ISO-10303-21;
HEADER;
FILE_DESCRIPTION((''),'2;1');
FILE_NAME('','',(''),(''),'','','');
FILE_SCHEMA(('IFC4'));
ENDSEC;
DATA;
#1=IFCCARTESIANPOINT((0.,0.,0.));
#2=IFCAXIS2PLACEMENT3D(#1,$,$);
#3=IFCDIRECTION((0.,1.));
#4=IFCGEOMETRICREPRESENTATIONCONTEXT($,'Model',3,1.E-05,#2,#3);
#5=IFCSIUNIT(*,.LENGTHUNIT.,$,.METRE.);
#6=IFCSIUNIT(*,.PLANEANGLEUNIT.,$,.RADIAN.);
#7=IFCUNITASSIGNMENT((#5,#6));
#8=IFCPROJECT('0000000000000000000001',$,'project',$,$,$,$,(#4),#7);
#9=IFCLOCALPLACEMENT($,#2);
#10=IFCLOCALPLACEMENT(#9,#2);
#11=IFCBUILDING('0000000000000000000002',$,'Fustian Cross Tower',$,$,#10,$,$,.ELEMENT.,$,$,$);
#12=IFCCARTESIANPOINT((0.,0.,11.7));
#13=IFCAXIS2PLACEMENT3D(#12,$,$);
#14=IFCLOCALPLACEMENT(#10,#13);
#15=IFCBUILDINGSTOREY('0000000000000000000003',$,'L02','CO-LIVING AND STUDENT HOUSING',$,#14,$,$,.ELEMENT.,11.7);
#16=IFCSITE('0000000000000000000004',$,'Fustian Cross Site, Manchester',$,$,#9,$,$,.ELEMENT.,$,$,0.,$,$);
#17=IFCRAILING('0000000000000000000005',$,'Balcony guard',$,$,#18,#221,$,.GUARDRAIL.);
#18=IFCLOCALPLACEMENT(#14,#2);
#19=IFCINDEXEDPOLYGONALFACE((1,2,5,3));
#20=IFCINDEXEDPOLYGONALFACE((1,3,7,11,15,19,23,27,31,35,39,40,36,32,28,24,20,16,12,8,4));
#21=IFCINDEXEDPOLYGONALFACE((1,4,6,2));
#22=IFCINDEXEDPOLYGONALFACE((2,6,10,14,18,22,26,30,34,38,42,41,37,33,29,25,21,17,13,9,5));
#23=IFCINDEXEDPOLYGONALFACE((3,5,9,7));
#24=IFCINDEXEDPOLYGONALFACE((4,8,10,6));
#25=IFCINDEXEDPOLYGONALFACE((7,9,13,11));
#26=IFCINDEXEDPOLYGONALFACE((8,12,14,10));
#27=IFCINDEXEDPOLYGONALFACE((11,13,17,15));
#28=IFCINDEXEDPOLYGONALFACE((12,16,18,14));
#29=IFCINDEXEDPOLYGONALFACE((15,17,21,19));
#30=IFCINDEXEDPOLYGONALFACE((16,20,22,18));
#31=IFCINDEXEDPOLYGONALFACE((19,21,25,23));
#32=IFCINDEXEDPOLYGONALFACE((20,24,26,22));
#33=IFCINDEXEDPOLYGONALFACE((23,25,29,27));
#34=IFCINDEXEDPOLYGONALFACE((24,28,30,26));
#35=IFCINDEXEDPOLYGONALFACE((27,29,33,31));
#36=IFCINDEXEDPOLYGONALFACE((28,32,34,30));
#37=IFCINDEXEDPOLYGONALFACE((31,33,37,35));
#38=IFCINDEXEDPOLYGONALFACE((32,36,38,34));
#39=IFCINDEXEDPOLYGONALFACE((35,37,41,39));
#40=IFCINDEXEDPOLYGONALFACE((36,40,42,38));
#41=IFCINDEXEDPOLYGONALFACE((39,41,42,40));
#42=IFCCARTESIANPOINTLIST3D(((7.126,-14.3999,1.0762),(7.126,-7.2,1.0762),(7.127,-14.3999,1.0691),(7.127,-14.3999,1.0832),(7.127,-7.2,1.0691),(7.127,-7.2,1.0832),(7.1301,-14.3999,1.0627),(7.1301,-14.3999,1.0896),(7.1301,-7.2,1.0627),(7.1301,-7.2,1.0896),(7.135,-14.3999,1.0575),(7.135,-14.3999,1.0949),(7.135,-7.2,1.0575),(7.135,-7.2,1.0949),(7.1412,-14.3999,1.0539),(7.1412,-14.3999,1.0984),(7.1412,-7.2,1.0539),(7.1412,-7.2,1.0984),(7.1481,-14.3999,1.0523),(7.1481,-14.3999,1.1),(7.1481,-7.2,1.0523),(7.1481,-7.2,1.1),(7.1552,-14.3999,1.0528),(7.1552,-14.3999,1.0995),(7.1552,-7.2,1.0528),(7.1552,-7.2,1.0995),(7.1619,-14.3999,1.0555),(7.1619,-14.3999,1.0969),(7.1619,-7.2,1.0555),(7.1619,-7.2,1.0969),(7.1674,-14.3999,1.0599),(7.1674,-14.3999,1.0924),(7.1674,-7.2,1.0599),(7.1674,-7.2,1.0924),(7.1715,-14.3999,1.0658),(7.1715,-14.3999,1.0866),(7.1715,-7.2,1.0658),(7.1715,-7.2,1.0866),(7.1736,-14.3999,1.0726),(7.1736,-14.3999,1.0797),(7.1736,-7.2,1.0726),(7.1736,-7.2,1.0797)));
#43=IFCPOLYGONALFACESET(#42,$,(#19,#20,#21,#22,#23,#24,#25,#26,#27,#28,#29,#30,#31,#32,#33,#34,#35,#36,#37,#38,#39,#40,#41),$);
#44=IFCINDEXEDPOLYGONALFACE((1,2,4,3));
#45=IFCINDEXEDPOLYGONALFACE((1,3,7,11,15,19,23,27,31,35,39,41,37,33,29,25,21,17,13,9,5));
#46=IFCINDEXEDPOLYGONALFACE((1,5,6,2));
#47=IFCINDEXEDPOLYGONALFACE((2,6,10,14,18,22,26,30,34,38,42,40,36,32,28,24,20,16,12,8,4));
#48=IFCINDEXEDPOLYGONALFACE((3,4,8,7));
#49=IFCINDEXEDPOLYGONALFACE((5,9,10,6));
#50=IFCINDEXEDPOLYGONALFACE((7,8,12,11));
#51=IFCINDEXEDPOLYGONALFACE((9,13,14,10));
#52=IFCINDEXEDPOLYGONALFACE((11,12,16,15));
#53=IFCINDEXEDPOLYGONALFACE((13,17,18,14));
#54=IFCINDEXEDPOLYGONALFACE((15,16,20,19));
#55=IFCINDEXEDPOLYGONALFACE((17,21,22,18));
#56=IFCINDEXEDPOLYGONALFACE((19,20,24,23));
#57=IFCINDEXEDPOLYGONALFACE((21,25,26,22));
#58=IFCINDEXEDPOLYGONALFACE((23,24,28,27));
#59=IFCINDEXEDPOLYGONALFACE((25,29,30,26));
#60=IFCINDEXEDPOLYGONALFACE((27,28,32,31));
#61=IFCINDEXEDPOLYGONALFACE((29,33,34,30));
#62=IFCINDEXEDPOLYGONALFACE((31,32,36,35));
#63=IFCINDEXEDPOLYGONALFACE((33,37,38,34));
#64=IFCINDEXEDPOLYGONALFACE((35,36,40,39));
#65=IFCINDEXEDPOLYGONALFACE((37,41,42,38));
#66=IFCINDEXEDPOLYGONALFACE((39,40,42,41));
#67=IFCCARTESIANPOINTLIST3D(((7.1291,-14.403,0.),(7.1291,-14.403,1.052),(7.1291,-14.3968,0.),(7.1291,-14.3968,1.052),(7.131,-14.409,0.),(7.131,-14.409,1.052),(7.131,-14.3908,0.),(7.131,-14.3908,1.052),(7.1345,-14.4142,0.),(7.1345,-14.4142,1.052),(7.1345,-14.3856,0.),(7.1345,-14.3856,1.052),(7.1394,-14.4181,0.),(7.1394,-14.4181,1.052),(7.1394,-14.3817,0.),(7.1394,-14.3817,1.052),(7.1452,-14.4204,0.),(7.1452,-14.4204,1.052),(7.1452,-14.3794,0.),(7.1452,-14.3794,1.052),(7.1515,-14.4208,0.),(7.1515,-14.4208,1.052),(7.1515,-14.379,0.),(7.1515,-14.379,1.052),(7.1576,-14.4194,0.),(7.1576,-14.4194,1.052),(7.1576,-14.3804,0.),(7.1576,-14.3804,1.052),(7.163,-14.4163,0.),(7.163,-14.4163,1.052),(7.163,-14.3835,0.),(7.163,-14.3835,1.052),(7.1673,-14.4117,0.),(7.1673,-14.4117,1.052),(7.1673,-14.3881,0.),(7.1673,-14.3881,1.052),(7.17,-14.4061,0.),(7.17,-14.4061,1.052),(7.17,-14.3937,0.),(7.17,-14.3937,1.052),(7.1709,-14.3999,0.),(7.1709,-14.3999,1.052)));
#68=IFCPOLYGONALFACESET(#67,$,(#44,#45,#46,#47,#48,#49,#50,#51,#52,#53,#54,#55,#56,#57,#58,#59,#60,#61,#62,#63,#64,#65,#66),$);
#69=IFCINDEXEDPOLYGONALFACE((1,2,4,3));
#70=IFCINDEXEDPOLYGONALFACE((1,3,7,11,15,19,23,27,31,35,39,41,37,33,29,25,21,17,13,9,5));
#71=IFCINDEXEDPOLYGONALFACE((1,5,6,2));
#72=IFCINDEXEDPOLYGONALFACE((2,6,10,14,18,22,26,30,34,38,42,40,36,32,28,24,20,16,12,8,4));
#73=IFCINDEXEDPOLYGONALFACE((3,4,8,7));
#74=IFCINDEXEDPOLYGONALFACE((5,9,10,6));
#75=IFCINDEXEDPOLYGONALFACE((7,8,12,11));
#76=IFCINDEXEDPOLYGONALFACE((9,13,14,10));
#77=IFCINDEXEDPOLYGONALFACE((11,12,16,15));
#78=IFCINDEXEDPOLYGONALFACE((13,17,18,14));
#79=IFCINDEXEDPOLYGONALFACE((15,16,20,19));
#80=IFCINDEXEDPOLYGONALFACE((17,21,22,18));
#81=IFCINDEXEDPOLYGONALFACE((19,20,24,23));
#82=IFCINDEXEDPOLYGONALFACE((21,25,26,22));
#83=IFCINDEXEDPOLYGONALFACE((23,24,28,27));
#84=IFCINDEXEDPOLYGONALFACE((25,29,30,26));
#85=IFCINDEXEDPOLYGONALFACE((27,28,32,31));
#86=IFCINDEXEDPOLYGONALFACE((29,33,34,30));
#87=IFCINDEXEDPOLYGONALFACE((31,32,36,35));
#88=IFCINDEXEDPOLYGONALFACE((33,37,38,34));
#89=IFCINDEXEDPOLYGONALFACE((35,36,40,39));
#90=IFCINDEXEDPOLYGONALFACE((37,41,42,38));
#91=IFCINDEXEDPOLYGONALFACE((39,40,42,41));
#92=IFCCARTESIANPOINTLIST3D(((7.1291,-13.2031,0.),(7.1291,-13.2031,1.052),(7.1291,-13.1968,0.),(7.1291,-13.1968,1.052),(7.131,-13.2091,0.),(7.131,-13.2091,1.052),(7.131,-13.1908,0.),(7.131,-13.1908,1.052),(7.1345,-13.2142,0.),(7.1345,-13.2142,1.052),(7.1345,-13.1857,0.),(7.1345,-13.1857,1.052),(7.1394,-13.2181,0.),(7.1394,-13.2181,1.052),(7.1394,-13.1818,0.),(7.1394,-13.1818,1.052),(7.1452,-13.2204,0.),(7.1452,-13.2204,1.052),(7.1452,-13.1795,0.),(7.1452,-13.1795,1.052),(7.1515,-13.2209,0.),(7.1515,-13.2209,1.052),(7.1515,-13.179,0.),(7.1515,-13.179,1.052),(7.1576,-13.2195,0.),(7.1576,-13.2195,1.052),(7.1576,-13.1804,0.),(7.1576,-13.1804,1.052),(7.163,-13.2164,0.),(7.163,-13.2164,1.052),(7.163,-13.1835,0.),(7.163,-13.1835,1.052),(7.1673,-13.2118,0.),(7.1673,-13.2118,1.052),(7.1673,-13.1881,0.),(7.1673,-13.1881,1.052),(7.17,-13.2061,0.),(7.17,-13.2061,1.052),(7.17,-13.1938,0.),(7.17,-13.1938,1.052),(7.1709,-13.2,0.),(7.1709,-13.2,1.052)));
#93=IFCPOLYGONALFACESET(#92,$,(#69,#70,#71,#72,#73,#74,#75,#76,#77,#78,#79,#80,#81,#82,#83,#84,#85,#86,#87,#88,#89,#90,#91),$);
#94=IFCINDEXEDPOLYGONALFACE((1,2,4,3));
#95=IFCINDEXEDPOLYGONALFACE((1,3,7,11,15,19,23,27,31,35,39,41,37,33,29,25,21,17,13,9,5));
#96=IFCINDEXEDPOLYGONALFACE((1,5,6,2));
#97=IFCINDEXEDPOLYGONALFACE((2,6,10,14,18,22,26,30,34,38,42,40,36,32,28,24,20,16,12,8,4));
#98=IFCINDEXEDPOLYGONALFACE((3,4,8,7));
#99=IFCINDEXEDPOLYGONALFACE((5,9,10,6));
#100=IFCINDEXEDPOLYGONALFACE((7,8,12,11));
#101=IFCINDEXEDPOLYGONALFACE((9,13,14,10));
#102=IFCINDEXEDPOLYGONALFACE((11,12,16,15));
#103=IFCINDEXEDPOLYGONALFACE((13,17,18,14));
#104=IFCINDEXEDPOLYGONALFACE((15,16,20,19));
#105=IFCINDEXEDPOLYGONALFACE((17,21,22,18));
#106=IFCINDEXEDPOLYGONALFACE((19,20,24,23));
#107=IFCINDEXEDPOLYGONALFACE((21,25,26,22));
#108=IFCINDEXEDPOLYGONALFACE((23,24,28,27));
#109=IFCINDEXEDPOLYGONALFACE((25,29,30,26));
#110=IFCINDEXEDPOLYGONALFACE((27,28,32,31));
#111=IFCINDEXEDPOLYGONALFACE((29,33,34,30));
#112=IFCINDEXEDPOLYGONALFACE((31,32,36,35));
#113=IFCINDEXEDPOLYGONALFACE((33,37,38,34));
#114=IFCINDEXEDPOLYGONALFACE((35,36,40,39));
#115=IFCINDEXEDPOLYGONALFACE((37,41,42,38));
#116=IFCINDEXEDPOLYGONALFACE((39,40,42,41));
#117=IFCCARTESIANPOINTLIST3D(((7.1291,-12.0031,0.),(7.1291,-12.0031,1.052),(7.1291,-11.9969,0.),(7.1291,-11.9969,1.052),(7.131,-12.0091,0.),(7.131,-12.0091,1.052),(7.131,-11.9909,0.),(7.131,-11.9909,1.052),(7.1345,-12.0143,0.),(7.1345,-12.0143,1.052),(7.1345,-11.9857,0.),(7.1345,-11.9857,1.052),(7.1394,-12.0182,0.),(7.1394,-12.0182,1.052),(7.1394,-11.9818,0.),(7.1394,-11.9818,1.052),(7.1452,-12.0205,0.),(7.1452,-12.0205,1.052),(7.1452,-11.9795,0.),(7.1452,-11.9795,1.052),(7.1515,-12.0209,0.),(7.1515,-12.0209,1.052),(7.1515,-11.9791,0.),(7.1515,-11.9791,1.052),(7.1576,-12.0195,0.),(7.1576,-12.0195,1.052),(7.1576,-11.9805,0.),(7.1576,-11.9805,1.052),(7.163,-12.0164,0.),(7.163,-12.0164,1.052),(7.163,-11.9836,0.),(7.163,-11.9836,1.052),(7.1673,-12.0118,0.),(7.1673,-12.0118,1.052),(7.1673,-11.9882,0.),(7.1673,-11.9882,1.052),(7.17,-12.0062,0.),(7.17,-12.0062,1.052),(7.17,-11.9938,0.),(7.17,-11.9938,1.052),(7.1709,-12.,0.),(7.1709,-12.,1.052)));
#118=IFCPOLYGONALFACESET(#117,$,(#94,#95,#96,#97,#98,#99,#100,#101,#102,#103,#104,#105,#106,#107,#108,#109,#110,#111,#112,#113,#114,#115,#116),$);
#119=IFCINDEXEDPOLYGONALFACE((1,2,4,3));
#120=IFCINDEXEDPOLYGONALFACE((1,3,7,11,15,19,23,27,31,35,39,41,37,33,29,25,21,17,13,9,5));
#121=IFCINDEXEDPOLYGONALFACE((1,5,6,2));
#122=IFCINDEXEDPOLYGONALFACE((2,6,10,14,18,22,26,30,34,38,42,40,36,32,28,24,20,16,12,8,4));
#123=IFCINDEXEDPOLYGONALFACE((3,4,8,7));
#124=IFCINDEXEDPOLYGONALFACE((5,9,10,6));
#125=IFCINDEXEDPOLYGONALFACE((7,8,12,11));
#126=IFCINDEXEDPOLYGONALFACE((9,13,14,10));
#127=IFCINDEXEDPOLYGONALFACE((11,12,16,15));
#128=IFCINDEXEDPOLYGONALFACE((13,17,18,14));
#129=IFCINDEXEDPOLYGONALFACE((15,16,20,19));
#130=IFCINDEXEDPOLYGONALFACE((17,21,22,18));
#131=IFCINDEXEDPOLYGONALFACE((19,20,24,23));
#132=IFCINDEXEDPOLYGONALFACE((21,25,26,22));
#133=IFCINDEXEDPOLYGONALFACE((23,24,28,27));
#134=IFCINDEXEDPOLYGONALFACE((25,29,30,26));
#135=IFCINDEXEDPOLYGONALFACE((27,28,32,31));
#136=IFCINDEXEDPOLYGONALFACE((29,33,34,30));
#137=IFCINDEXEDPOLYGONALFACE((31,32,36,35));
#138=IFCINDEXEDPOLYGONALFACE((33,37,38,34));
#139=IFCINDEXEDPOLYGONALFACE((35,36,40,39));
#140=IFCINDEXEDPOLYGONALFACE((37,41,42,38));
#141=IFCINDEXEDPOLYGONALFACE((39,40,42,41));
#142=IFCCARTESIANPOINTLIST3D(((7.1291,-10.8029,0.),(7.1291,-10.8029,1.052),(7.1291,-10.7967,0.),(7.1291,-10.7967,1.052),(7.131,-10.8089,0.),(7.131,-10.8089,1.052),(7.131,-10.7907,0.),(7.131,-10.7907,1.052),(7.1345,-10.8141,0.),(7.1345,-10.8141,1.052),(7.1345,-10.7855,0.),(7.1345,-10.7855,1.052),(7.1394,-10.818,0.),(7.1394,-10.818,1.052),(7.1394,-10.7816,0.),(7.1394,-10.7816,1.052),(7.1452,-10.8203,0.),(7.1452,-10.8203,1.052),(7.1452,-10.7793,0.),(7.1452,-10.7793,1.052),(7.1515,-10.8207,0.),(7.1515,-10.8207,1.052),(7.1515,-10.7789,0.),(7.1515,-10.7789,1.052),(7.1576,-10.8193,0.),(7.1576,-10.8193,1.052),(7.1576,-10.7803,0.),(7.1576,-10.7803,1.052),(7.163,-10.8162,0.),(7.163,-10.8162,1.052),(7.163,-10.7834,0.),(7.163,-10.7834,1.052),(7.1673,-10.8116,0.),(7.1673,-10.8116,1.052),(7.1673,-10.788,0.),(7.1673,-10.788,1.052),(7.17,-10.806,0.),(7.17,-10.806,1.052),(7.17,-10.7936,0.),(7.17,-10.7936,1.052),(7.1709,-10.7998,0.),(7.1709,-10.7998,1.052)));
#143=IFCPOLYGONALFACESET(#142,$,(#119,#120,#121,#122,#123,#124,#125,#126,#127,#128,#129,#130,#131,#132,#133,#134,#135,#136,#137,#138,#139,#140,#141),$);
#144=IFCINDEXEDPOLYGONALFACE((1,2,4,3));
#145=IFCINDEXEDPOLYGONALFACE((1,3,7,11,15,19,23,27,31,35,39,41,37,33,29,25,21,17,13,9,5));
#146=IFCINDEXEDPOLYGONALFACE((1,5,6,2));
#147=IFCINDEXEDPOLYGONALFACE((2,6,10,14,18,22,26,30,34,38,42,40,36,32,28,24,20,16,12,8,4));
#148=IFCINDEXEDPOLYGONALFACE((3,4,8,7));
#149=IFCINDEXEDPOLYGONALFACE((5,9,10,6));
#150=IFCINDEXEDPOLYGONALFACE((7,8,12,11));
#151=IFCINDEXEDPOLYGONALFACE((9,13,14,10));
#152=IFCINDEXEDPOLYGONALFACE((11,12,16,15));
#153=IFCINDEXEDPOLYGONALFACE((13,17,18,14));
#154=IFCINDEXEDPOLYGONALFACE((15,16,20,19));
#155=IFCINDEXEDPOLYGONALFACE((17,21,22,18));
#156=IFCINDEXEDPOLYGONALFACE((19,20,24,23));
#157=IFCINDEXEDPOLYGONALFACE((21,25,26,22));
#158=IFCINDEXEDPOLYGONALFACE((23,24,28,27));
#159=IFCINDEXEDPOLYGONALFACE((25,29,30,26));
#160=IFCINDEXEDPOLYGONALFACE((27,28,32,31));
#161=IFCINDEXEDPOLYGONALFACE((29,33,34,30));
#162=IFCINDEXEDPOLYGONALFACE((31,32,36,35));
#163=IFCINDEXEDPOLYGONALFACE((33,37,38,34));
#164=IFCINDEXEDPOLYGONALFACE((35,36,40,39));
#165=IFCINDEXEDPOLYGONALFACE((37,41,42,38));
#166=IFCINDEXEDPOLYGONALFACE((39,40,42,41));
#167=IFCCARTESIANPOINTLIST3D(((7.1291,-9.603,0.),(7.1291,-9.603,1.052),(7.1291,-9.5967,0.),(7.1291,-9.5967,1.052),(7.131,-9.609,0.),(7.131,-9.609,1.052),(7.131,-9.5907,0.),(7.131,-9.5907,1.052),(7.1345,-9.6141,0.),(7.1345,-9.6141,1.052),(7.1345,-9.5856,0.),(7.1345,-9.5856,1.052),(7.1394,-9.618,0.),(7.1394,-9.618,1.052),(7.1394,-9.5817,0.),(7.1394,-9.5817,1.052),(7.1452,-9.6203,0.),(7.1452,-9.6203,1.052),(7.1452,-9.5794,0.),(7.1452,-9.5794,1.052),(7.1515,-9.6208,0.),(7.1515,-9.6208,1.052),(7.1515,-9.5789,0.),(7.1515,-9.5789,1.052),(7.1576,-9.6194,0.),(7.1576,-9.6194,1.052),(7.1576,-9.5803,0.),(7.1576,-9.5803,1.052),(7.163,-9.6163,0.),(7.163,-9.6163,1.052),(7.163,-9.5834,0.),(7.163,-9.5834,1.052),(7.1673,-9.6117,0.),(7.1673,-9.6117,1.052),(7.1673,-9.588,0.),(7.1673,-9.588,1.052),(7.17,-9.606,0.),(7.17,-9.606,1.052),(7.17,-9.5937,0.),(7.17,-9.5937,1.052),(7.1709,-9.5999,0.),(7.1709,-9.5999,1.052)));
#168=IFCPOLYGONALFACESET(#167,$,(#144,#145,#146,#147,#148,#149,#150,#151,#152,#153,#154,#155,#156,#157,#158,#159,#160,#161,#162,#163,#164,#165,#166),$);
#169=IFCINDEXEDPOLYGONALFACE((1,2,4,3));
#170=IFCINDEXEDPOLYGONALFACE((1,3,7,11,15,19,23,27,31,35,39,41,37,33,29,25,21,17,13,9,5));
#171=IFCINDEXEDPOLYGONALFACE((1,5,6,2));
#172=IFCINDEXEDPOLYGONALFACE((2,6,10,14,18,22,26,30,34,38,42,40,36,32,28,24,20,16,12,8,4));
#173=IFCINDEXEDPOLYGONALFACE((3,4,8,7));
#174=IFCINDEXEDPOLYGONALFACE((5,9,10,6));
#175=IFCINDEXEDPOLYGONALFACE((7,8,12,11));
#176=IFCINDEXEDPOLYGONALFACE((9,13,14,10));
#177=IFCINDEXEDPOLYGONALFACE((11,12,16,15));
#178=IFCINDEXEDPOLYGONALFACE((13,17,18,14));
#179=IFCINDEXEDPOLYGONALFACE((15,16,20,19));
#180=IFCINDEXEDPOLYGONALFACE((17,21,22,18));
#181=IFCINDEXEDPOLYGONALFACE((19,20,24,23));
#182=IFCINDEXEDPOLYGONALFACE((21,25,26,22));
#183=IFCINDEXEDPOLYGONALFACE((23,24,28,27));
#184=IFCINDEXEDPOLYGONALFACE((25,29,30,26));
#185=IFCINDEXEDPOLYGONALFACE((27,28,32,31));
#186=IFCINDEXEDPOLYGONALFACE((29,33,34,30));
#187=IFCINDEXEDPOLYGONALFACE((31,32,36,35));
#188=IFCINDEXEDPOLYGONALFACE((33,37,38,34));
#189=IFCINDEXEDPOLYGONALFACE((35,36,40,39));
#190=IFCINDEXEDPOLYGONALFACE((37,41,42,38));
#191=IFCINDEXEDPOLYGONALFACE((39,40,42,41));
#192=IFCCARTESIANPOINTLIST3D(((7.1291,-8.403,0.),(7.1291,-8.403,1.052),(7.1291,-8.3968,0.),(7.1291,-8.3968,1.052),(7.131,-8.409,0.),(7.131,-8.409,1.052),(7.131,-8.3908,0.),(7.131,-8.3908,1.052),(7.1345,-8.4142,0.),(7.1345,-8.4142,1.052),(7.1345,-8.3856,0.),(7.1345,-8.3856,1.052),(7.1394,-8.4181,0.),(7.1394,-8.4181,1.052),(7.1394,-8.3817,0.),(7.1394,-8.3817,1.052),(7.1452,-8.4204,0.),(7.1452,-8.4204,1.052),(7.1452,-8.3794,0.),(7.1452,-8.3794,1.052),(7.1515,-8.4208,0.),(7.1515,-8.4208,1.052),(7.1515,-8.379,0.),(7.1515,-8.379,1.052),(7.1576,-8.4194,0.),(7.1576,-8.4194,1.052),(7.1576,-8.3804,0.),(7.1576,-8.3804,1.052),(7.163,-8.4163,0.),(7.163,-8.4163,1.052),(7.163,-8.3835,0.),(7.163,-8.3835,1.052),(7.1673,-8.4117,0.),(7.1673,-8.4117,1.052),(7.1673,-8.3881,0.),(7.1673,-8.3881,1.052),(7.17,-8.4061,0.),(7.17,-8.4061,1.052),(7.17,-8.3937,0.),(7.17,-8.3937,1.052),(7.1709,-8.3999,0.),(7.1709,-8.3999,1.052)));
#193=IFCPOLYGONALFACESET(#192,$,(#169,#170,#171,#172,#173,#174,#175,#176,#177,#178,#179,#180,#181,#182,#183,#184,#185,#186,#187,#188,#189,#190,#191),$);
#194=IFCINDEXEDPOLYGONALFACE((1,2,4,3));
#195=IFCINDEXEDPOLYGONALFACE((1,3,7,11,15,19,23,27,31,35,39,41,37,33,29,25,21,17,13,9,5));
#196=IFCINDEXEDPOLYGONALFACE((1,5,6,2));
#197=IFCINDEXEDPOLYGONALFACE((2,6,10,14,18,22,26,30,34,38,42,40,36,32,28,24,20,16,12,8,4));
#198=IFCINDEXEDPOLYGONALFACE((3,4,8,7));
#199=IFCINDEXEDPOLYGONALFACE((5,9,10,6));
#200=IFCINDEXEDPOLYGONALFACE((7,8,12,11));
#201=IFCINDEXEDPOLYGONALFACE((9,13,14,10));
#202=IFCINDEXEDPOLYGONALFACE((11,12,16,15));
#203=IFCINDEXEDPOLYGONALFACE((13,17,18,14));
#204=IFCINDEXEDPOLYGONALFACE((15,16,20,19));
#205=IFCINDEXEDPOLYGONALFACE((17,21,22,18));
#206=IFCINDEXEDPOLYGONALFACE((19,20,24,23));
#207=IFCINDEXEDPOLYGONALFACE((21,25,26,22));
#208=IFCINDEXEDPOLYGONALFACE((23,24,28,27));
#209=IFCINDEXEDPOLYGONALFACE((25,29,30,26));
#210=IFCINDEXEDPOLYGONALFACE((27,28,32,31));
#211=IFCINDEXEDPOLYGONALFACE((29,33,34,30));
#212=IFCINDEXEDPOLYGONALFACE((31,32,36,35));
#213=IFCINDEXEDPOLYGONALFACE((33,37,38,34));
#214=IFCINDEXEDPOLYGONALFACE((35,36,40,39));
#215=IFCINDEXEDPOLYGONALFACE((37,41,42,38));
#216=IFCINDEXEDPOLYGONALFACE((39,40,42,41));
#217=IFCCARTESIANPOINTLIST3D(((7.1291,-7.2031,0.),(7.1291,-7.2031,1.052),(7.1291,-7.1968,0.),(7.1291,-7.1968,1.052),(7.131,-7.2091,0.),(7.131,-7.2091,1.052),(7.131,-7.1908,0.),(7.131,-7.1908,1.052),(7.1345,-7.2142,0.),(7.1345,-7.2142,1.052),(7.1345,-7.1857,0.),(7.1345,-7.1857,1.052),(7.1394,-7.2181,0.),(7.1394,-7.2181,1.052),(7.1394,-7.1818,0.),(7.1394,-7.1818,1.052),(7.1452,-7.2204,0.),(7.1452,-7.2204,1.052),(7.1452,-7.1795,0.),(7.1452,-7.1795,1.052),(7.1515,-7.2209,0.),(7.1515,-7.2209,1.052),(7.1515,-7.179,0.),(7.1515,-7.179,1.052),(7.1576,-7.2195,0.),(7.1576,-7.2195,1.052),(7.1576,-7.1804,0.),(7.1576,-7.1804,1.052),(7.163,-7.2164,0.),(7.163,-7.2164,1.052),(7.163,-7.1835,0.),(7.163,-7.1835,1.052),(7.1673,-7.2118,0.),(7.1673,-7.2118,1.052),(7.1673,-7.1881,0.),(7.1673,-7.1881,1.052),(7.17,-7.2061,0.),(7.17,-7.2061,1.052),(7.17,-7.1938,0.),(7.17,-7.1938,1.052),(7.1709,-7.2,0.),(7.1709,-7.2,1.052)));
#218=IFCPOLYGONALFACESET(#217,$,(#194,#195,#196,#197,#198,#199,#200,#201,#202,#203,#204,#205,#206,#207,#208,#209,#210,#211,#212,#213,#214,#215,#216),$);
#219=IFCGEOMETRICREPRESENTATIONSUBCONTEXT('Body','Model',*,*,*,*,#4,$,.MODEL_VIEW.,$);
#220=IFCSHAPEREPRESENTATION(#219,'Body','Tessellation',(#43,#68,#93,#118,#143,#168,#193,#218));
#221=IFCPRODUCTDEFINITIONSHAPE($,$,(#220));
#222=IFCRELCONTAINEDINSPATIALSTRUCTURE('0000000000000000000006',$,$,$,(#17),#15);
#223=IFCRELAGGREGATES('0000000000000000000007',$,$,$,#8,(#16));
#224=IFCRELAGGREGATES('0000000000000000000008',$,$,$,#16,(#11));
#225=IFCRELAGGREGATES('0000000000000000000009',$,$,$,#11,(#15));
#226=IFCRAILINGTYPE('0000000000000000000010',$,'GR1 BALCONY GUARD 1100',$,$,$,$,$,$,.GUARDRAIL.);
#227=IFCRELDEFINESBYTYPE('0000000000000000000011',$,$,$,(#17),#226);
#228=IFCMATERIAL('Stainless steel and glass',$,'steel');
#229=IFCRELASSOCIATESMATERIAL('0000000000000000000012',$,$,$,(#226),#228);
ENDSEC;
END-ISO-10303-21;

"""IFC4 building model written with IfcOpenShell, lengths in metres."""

from ifc_helpers import new_model, si_unit, direction, frame, origin, origin_2d, place, context, subcontext, project, spatial, circle, extrude, material, type_object, element, save


model = new_model("IFC4")

# Units and contexts
model_context = context("Model", 3, precision=1e-05, world=origin(), true_north=direction((0.0, 1.0)))
body_context = subcontext(model_context, "Body", "Model", "MODEL_VIEW")
ifc_project = project(units=[si_unit("LENGTHUNIT", "METRE"), si_unit("PLANEANGLEUNIT", "RADIAN")], contexts=[model_context])

# Site, building, storey
site_placement = place(None, origin())
site = spatial("IfcSite", under=ifc_project, at=site_placement, Name="Fustian Cross Site, Manchester", CompositionType="ELEMENT", RefElevation=0.0)
building_placement = place(site_placement, origin())
building = spatial("IfcBuilding", under=site, at=building_placement, Name="Fustian Cross Tower", CompositionType="ELEMENT")
storey_placement = place(building_placement, frame((0.0, 0.0, 11.7)))
storey = spatial("IfcBuildingStorey", under=building, at=storey_placement, Name="L02", Description="CO-LIVING AND STUDENT HOUSING", CompositionType="ELEMENT", Elevation=11.7)

# Railing
ifc_material_1 = material(Name="Stainless steel and glass", Category="steel")
railing_type = type_object("IfcRailingType", Name="GR1 BALCONY GUARD 1100", PredefinedType="GUARDRAIL", material=ifc_material_1)
railing_placement = place(storey_placement, frame((7.1499, -14.3999, 0.0)))
element("IfcRailing", 1, at=railing_placement, inside=storey, type_object=railing_type, Name="Balcony guard", PredefinedType="GUARDRAIL", context=body_context, shape_type="SweptSolid", body=[
    extrude(circle(Radius=0.0239, at=origin_2d()), frame((0.0, 0.0, 1.0762), z_axis=(0.0, 1.0, 0.0), x_axis=(-1.0, 0.0, 0.0)), (0.0, 0.0, 1.0), 7.2),
    extrude(circle(Radius=0.021, at=origin_2d()), origin(), (0.0, 0.0, 1.0), 1.052),
    extrude(circle(Radius=0.021, at=origin_2d()), frame((0.0, 1.2, 0.0)), (0.0, 0.0, 1.0), 1.052),
    extrude(circle(Radius=0.021, at=origin_2d()), frame((0.0, 2.3999, 0.0)), (0.0, 0.0, 1.0), 1.052),
    extrude(circle(Radius=0.021, at=origin_2d()), frame((0.0, 3.6001, 0.0)), (0.0, 0.0, 1.0), 1.052),
    extrude(circle(Radius=0.021, at=origin_2d()), frame((0.0, 4.8, 0.0)), (0.0, 0.0, 1.0), 1.052),
    extrude(circle(Radius=0.021, at=origin_2d()), frame((0.0, 6.0, 0.0)), (0.0, 0.0, 1.0), 1.052),
    extrude(circle(Radius=0.021, at=origin_2d()), frame((0.0, 7.2, 0.0)), (0.0, 0.0, 1.0), 1.052),
])

save(model, "model.ifc")
